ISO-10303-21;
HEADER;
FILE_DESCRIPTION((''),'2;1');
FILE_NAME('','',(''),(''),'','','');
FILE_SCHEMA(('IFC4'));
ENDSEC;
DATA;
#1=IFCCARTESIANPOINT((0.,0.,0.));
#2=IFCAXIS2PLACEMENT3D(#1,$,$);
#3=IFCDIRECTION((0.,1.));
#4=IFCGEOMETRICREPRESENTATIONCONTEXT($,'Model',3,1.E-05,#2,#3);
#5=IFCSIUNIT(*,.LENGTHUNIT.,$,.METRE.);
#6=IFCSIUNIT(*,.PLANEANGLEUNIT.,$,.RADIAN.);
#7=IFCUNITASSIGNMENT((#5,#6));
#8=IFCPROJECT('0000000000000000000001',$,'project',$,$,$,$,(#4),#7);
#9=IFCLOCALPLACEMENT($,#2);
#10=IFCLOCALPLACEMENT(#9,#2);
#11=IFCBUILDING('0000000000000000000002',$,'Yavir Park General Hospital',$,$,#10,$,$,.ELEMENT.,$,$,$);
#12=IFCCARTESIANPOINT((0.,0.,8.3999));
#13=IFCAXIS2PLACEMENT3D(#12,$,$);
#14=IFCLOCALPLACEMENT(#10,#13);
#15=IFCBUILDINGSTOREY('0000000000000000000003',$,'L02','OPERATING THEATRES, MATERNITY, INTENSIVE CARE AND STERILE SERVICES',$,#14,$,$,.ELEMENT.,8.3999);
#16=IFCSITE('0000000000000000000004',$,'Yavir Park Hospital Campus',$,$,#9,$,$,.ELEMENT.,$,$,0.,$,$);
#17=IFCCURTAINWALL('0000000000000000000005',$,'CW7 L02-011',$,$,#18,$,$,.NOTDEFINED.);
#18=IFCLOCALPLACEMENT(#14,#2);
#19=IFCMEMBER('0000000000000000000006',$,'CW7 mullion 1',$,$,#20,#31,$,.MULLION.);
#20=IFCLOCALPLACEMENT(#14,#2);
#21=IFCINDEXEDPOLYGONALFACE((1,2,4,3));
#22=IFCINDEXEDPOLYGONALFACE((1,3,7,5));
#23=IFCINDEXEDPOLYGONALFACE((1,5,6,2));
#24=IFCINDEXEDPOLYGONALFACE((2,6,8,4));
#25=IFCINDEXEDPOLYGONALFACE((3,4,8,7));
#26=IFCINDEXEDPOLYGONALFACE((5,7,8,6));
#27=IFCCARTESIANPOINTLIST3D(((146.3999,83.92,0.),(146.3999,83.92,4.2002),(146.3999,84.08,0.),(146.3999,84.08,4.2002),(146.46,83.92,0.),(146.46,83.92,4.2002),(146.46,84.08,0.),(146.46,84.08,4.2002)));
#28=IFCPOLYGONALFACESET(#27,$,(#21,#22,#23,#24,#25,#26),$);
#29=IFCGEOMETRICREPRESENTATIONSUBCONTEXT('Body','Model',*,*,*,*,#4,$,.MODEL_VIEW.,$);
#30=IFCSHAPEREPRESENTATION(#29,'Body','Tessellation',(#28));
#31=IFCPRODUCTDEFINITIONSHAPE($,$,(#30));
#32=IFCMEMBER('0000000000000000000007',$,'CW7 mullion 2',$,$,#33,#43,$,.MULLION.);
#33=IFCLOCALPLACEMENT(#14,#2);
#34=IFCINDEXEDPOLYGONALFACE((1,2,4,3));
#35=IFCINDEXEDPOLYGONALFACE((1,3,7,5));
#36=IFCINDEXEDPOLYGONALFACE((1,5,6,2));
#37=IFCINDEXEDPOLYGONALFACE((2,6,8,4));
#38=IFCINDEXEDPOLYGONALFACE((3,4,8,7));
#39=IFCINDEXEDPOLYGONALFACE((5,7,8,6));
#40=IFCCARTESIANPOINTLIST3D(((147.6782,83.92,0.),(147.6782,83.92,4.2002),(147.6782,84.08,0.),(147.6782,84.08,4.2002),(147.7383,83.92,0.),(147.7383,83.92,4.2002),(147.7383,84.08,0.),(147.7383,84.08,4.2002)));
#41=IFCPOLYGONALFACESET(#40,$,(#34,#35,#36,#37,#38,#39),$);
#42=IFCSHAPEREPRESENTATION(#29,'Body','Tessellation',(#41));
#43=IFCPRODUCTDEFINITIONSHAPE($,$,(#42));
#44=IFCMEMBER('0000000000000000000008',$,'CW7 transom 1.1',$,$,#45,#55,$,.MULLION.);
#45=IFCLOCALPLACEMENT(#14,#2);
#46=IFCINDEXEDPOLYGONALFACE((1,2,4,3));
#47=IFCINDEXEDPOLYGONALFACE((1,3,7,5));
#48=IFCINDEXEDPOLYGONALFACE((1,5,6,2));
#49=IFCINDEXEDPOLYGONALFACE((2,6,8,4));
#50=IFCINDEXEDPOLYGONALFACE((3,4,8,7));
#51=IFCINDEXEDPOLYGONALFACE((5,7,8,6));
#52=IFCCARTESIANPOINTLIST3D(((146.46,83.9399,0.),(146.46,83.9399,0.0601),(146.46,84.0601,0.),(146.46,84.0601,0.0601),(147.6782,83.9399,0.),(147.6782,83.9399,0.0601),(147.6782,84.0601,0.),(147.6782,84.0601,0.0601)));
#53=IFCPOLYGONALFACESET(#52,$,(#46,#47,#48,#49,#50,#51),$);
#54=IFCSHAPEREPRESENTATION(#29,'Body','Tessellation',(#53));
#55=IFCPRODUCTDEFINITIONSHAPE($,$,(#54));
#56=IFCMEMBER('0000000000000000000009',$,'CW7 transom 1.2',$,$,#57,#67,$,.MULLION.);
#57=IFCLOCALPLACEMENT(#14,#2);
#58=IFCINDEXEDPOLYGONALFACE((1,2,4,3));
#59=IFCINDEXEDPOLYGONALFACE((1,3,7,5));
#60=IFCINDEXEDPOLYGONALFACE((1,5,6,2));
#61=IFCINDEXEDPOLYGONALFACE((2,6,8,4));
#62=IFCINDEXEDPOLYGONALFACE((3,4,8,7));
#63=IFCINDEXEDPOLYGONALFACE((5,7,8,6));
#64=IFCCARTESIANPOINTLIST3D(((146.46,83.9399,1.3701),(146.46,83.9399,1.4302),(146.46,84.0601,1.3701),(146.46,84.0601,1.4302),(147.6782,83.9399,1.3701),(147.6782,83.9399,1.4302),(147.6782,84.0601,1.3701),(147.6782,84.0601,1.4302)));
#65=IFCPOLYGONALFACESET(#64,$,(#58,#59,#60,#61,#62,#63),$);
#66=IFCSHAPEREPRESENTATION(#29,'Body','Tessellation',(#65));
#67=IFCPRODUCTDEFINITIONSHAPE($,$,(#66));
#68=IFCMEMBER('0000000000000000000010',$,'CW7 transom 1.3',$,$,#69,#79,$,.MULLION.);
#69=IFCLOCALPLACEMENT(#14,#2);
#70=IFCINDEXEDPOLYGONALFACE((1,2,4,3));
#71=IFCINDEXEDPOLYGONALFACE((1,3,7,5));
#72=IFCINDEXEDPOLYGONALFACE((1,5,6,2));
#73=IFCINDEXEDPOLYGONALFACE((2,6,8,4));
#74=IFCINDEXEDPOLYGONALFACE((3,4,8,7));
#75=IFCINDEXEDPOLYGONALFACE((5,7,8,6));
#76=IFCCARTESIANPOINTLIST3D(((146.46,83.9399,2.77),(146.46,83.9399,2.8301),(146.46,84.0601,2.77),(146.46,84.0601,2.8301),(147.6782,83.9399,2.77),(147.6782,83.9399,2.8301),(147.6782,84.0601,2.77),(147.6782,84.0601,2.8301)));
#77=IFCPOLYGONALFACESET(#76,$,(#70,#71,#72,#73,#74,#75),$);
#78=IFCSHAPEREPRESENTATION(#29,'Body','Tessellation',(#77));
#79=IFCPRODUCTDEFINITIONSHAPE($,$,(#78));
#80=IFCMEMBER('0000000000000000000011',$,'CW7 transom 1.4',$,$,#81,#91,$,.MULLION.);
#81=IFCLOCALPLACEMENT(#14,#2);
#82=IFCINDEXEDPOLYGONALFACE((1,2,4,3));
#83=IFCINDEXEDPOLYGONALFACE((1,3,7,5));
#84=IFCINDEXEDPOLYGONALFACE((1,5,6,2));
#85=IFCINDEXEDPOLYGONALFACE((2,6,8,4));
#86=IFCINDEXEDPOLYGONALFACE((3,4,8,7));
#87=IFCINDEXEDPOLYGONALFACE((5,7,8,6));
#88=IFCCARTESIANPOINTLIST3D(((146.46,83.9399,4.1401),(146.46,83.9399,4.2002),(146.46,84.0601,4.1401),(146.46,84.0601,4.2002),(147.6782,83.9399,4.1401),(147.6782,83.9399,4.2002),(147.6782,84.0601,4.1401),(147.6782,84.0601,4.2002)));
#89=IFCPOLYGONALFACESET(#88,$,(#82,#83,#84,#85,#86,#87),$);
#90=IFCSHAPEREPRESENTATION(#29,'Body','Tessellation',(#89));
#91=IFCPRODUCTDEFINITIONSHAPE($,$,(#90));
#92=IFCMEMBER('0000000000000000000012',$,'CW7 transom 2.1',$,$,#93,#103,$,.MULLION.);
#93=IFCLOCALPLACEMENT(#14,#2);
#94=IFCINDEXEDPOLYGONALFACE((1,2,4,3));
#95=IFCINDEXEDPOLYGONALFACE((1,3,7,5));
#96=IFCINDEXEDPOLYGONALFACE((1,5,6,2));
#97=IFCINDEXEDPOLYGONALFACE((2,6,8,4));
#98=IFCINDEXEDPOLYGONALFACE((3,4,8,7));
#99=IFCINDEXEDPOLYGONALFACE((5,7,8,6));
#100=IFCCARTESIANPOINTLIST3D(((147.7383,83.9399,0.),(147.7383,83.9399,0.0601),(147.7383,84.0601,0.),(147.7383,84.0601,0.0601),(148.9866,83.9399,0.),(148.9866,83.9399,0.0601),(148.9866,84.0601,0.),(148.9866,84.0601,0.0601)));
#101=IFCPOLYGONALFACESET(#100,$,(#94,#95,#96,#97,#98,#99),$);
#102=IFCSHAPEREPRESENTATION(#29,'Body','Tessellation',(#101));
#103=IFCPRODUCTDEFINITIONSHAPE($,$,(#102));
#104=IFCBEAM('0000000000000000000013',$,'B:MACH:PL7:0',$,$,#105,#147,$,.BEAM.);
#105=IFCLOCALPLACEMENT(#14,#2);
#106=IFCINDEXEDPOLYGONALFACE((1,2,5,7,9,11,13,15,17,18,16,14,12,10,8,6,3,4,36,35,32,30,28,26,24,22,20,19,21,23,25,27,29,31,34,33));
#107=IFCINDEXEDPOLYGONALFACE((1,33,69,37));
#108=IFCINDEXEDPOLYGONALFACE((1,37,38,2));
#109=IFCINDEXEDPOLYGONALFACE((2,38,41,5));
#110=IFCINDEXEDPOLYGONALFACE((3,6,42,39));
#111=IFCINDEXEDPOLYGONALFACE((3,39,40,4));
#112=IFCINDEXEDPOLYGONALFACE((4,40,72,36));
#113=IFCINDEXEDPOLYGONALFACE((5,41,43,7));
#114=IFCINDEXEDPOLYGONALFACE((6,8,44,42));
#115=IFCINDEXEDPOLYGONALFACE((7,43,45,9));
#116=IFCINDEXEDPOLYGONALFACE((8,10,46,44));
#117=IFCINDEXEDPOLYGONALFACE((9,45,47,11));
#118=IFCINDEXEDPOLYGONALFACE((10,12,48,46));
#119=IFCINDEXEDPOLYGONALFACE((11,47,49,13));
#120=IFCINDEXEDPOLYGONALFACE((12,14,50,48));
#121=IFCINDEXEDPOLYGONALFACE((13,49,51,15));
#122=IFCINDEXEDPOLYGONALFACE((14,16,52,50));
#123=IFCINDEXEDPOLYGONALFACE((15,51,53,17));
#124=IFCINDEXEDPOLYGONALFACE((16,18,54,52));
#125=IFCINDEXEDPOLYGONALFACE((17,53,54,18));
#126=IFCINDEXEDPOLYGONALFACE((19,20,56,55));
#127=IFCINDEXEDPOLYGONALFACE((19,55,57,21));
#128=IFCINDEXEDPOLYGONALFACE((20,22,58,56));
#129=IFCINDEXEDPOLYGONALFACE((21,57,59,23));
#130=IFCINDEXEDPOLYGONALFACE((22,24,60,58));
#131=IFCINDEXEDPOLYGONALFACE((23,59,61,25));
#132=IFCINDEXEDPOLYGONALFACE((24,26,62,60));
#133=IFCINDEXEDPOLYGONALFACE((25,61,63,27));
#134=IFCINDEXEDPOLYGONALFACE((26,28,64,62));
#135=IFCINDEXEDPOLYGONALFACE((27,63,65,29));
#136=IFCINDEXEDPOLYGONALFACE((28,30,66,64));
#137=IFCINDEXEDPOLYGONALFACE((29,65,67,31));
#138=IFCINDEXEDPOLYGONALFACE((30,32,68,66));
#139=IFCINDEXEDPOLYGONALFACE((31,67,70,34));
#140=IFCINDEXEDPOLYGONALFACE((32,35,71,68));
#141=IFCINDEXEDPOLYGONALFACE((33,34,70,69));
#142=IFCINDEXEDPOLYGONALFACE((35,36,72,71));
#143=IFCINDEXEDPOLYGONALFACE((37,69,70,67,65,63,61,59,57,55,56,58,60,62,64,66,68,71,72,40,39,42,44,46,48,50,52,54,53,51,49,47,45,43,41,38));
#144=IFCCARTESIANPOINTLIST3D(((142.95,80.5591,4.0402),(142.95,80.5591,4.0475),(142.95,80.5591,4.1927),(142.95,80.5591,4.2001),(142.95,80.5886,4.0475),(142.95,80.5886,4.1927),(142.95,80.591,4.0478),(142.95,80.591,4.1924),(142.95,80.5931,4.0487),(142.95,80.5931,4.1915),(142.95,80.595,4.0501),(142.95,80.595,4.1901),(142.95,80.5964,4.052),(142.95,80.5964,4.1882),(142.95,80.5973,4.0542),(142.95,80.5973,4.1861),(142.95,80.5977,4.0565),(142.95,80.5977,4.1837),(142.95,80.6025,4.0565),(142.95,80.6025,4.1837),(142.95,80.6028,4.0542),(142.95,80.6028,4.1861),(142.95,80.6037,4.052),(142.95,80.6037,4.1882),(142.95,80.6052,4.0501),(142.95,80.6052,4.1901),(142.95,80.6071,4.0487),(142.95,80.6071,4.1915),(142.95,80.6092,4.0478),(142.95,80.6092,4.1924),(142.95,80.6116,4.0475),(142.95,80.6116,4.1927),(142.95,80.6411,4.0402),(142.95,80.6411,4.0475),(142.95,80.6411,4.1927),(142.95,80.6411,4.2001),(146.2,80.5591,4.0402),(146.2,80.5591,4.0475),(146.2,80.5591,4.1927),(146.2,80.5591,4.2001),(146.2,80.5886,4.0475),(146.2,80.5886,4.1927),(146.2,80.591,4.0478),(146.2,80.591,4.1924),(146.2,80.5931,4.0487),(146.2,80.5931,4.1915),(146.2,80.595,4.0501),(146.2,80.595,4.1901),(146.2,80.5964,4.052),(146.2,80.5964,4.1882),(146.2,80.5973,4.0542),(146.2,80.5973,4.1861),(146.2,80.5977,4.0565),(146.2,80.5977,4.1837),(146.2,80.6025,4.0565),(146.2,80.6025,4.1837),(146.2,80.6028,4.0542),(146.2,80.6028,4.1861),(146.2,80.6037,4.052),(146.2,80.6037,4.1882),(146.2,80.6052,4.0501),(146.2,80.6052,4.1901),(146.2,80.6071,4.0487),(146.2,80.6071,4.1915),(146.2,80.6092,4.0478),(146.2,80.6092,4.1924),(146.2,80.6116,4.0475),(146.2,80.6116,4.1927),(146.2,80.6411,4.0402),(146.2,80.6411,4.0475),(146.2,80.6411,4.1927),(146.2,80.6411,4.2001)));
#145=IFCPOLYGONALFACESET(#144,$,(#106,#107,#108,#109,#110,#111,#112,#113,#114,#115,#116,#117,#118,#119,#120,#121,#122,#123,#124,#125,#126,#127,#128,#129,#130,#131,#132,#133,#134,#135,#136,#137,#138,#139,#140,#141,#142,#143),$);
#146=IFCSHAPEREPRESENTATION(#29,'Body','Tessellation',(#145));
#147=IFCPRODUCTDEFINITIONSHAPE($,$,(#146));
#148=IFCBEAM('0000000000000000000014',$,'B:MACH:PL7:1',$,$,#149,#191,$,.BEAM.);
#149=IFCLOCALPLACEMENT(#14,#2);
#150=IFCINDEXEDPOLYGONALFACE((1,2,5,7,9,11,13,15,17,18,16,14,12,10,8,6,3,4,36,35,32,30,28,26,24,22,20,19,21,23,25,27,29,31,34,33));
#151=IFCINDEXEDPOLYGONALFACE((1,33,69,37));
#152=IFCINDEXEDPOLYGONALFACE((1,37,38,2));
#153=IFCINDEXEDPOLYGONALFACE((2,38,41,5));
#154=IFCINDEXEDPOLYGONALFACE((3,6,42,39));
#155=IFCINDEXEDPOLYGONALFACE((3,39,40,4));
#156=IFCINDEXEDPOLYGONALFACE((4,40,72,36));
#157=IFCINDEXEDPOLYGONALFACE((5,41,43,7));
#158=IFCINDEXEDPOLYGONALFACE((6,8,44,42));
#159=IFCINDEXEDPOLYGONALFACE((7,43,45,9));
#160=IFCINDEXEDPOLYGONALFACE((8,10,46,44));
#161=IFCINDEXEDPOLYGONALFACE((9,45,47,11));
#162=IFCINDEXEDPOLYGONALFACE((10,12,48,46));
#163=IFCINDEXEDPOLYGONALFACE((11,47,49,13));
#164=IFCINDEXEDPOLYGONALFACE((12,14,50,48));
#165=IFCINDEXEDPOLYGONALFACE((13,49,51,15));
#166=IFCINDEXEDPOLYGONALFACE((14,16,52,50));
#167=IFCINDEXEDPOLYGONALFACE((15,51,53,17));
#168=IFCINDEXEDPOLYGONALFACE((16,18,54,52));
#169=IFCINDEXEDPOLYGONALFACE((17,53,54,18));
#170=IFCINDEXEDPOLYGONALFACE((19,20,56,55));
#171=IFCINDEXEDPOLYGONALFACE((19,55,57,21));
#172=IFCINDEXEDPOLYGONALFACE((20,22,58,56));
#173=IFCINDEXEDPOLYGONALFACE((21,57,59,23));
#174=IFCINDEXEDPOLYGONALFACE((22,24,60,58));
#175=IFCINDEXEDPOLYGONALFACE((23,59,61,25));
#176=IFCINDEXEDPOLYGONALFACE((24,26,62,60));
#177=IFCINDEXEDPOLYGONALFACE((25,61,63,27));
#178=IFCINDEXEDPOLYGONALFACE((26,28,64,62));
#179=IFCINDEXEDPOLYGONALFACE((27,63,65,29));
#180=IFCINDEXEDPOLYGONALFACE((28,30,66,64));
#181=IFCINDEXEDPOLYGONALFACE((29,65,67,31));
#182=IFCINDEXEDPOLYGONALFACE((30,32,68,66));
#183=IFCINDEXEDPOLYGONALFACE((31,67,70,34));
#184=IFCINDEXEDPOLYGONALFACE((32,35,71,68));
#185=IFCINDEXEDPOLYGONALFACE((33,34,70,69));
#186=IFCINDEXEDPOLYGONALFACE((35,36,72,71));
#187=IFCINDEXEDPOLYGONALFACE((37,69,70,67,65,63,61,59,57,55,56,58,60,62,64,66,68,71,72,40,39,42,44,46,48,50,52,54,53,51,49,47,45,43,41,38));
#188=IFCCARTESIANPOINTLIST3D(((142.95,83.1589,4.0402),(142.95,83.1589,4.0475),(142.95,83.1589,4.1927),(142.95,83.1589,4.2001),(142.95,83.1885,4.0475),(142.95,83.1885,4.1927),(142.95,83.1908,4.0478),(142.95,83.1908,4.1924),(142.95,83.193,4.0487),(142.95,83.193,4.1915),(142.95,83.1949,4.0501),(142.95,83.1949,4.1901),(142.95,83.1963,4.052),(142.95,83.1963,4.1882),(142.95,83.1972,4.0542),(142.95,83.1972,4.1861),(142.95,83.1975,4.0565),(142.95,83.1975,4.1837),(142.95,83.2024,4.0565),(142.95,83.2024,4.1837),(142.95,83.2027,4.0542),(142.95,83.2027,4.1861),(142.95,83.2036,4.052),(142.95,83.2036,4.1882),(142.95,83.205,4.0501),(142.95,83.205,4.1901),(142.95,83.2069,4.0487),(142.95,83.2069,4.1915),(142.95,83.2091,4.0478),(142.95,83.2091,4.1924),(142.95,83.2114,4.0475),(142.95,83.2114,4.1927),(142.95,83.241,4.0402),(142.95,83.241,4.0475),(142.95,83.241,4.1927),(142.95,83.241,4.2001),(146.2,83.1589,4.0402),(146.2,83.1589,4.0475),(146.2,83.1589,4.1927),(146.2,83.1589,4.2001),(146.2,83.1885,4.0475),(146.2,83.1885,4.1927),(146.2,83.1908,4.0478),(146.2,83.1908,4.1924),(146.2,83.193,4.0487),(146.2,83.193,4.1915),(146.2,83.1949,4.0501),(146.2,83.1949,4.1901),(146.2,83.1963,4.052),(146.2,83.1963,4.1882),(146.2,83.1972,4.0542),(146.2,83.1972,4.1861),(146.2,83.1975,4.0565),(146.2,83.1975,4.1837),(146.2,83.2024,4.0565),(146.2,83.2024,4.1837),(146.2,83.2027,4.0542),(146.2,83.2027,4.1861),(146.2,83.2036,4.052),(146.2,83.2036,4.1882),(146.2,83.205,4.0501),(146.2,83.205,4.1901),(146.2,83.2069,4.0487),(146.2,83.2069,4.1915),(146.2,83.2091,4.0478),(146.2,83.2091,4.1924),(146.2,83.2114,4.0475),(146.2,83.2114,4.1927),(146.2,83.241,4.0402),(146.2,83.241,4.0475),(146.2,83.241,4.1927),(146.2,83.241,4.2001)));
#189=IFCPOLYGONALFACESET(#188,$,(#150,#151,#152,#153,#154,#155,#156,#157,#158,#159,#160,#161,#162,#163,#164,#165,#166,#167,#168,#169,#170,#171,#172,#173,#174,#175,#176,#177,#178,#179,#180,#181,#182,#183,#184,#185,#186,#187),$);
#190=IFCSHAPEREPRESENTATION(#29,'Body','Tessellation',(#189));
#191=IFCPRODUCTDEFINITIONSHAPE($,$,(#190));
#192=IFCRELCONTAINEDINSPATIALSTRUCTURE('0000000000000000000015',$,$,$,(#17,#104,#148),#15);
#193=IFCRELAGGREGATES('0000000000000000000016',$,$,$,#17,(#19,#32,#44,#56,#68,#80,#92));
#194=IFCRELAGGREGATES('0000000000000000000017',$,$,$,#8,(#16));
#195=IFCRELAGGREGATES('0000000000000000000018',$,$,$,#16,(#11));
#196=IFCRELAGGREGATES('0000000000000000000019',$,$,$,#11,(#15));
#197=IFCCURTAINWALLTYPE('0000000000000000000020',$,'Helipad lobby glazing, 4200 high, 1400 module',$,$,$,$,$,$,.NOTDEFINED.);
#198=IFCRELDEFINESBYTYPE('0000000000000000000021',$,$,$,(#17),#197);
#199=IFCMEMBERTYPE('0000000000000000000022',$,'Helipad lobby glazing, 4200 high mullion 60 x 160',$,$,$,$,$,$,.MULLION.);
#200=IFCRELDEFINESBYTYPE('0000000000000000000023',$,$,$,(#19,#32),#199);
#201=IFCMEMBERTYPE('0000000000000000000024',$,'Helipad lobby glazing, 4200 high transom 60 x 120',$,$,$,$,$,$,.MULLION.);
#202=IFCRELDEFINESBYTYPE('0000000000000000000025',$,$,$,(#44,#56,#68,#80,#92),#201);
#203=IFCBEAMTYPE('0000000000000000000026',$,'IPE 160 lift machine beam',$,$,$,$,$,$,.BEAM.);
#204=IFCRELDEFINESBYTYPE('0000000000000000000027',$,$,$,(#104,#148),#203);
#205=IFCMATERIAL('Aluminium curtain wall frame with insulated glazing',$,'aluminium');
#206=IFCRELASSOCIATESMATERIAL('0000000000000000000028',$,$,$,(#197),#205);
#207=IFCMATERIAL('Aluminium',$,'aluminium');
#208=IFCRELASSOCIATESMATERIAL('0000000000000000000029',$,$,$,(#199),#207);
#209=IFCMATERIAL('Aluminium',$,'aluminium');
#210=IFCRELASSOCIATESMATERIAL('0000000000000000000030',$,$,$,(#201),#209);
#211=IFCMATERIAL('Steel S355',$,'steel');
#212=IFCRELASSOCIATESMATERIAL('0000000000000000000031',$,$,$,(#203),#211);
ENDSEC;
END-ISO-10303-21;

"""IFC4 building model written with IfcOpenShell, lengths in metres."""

from ifc_helpers import new_model, si_unit, direction, frame, origin, origin_2d, place, context, subcontext, project, spatial, rectangle, i_section, extrude, material, material_profile, profile_set, type_object, element, aggregate, save


model = new_model("IFC4")

# Units and contexts
model_context = context("Model", 3, precision=1e-05, world=origin(), true_north=direction((0.0, 1.0)))
body_context = subcontext(model_context, "Body", "Model", "MODEL_VIEW")
ifc_project = project(units=[si_unit("LENGTHUNIT", "METRE"), si_unit("PLANEANGLEUNIT", "RADIAN")], contexts=[model_context])

# Site, building, storey
site_placement = place(None, origin())
site = spatial("IfcSite", under=ifc_project, at=site_placement, Name="Yavir Park Hospital Campus", CompositionType="ELEMENT", RefElevation=0.0)
building_placement = place(site_placement, origin())
building = spatial("IfcBuilding", under=site, at=building_placement, Name="Yavir Park General Hospital", CompositionType="ELEMENT")
storey_placement = place(building_placement, frame((0.0, 0.0, 8.3999)))
storey = spatial("IfcBuildingStorey", under=building, at=storey_placement, Name="L02", Description="OPERATING THEATRES, MATERNITY, INTENSIVE CARE AND STERILE SERVICES", CompositionType="ELEMENT", Elevation=8.3999)

# Curtain wall, members
ifc_material_1 = material(Name="Aluminium curtain wall frame with insulated glazing", Category="aluminium")
curtain_wall_type = type_object("IfcCurtainWallType", Name="Helipad lobby glazing, 4200 high, 1400 module", PredefinedType="NOTDEFINED", material=ifc_material_1)
curtain_wall_placement = place(storey_placement, origin())
curtain_wall = element("IfcCurtainWall", 1, at=curtain_wall_placement, inside=storey, type_object=curtain_wall_type, Name="CW7 L02-011", PredefinedType="NOTDEFINED")
ifc_material_2 = material(Name="Aluminium", Category="aluminium")
ifc_material_profile_1 = material_profile(ifc_material_2, rectangle(XDim=0.1599, YDim=0.0601, at=origin_2d()), Name="AL 60x160")
ifc_profile_set_1 = profile_set([ifc_material_profile_1], Name="Aluminium")
member_type_1 = type_object("IfcMemberType", Name="Helipad lobby glazing, 4200 high mullion 60 x 160", PredefinedType="MULLION", material=ifc_profile_set_1)
member_1_placement = place(storey_placement, frame((146.4299, 84.0, 0.0), z_axis=(0.0, 0.0, 1.0), x_axis=(0.0, 1.0, 0.0)))
member_1 = element("IfcMember", 2, at=member_1_placement, type_object=member_type_1, Name="CW7 mullion 1", PredefinedType="MULLION", context=body_context, shape_type="SweptSolid", body=[
    extrude(rectangle(XDim=0.1599, YDim=0.0601, at=origin_2d()), origin(), (0.0, 0.0, 1.0), 4.2002),
])
member_2_placement = place(storey_placement, frame((147.7083, 84.0, 0.0), z_axis=(0.0, 0.0, 1.0), x_axis=(0.0, 1.0, 0.0)))
member_2 = element("IfcMember", 3, at=member_2_placement, type_object=member_type_1, Name="CW7 mullion 2", PredefinedType="MULLION", context=body_context, shape_type="SweptSolid", body=[
    extrude(rectangle(XDim=0.1599, YDim=0.0601, at=origin_2d()), origin(), (0.0, 0.0, 1.0), 4.2002),
])
ifc_material_3 = material(Name="Aluminium", Category="aluminium")
ifc_material_profile_2 = material_profile(ifc_material_3, rectangle(XDim=0.1201, YDim=0.0601, at=origin_2d()), Name="AL 120x60")
ifc_profile_set_2 = profile_set([ifc_material_profile_2], Name="Aluminium")
member_type_2 = type_object("IfcMemberType", Name="Helipad lobby glazing, 4200 high transom 60 x 120", PredefinedType="MULLION", material=ifc_profile_set_2)
member_3_placement = place(storey_placement, frame((146.46, 84.0, 0.03), z_axis=(1.0, 0.0, 0.0), x_axis=(0.0, 1.0, 0.0)))
member_3 = element("IfcMember", 4, at=member_3_placement, type_object=member_type_2, Name="CW7 transom 1.1", PredefinedType="MULLION", context=body_context, shape_type="SweptSolid", body=[
    extrude(rectangle(XDim=0.1201, YDim=0.0601, at=origin_2d()), origin(), (0.0, 0.0, 1.0), 1.2183),
])
member_4_placement = place(storey_placement, frame((146.46, 84.0, 1.4001), z_axis=(1.0, 0.0, 0.0), x_axis=(0.0, 1.0, 0.0)))
member_4 = element("IfcMember", 5, at=member_4_placement, type_object=member_type_2, Name="CW7 transom 1.2", PredefinedType="MULLION", context=body_context, shape_type="SweptSolid", body=[
    extrude(rectangle(XDim=0.1201, YDim=0.0601, at=origin_2d()), origin(), (0.0, 0.0, 1.0), 1.2183),
])
member_5_placement = place(storey_placement, frame((146.46, 84.0, 2.8), z_axis=(1.0, 0.0, 0.0), x_axis=(0.0, 1.0, 0.0)))
member_5 = element("IfcMember", 6, at=member_5_placement, type_object=member_type_2, Name="CW7 transom 1.3", PredefinedType="MULLION", context=body_context, shape_type="SweptSolid", body=[
    extrude(rectangle(XDim=0.1201, YDim=0.0601, at=origin_2d()), origin(), (0.0, 0.0, 1.0), 1.2183),
])
member_6_placement = place(storey_placement, frame((146.46, 84.0, 4.1702), z_axis=(1.0, 0.0, 0.0), x_axis=(0.0, 1.0, 0.0)))
member_6 = element("IfcMember", 7, at=member_6_placement, type_object=member_type_2, Name="CW7 transom 1.4", PredefinedType="MULLION", context=body_context, shape_type="SweptSolid", body=[
    extrude(rectangle(XDim=0.1201, YDim=0.0601, at=origin_2d()), origin(), (0.0, 0.0, 1.0), 1.2183),
])
member_7_placement = place(storey_placement, frame((147.7383, 84.0, 0.03), z_axis=(1.0, 0.0, 0.0), x_axis=(0.0, 1.0, 0.0)))
member_7 = element("IfcMember", 8, at=member_7_placement, type_object=member_type_2, Name="CW7 transom 2.1", PredefinedType="MULLION", context=body_context, shape_type="SweptSolid", body=[
    extrude(rectangle(XDim=0.1201, YDim=0.0601, at=origin_2d()), origin(), (0.0, 0.0, 1.0), 1.2483),
])

# Beams
ifc_material_4 = material(Name="Steel S355", Category="steel")
ifc_material_profile_3 = material_profile(ifc_material_4, i_section(OverallWidth=0.082, OverallDepth=0.1599, WebThickness=0.0049, FlangeThickness=0.0073, FilletRadius=0.009, at=origin_2d()), Name="IPE160")
ifc_profile_set_3 = profile_set([ifc_material_profile_3], Name="Steel S355")
beam_type_1 = type_object("IfcBeamType", Name="IPE 160 lift machine beam", PredefinedType="BEAM", material=ifc_profile_set_3)
for number, where, z_axis, x_axis, name in (
    (9, (142.95, 80.6001, 4.1201), (1.0, 0.0, 0.0), (0.0, 1.0, 0.0), "B:MACH:PL7:0"),
    (10, (142.95, 83.2, 4.1201), (1.0, 0.0, 0.0), (0.0, 1.0, 0.0), "B:MACH:PL7:1"),
):
    element("IfcBeam", number, at=place(storey_placement, frame(where, z_axis=z_axis, x_axis=x_axis)), inside=storey, type_object=beam_type_1, Name=name, PredefinedType="BEAM", context=body_context, shape_type="SweptSolid", body=[
        extrude(i_section(OverallWidth=0.082, OverallDepth=0.1599, WebThickness=0.0049, FlangeThickness=0.0073, FilletRadius=0.009, at=origin_2d()), origin(), (0.0, 0.0, 1.0), 3.25),
    ])

aggregate(curtain_wall, [member_1, member_2, member_3, member_4, member_5, member_6, member_7])

save(model, "model.ifc")
